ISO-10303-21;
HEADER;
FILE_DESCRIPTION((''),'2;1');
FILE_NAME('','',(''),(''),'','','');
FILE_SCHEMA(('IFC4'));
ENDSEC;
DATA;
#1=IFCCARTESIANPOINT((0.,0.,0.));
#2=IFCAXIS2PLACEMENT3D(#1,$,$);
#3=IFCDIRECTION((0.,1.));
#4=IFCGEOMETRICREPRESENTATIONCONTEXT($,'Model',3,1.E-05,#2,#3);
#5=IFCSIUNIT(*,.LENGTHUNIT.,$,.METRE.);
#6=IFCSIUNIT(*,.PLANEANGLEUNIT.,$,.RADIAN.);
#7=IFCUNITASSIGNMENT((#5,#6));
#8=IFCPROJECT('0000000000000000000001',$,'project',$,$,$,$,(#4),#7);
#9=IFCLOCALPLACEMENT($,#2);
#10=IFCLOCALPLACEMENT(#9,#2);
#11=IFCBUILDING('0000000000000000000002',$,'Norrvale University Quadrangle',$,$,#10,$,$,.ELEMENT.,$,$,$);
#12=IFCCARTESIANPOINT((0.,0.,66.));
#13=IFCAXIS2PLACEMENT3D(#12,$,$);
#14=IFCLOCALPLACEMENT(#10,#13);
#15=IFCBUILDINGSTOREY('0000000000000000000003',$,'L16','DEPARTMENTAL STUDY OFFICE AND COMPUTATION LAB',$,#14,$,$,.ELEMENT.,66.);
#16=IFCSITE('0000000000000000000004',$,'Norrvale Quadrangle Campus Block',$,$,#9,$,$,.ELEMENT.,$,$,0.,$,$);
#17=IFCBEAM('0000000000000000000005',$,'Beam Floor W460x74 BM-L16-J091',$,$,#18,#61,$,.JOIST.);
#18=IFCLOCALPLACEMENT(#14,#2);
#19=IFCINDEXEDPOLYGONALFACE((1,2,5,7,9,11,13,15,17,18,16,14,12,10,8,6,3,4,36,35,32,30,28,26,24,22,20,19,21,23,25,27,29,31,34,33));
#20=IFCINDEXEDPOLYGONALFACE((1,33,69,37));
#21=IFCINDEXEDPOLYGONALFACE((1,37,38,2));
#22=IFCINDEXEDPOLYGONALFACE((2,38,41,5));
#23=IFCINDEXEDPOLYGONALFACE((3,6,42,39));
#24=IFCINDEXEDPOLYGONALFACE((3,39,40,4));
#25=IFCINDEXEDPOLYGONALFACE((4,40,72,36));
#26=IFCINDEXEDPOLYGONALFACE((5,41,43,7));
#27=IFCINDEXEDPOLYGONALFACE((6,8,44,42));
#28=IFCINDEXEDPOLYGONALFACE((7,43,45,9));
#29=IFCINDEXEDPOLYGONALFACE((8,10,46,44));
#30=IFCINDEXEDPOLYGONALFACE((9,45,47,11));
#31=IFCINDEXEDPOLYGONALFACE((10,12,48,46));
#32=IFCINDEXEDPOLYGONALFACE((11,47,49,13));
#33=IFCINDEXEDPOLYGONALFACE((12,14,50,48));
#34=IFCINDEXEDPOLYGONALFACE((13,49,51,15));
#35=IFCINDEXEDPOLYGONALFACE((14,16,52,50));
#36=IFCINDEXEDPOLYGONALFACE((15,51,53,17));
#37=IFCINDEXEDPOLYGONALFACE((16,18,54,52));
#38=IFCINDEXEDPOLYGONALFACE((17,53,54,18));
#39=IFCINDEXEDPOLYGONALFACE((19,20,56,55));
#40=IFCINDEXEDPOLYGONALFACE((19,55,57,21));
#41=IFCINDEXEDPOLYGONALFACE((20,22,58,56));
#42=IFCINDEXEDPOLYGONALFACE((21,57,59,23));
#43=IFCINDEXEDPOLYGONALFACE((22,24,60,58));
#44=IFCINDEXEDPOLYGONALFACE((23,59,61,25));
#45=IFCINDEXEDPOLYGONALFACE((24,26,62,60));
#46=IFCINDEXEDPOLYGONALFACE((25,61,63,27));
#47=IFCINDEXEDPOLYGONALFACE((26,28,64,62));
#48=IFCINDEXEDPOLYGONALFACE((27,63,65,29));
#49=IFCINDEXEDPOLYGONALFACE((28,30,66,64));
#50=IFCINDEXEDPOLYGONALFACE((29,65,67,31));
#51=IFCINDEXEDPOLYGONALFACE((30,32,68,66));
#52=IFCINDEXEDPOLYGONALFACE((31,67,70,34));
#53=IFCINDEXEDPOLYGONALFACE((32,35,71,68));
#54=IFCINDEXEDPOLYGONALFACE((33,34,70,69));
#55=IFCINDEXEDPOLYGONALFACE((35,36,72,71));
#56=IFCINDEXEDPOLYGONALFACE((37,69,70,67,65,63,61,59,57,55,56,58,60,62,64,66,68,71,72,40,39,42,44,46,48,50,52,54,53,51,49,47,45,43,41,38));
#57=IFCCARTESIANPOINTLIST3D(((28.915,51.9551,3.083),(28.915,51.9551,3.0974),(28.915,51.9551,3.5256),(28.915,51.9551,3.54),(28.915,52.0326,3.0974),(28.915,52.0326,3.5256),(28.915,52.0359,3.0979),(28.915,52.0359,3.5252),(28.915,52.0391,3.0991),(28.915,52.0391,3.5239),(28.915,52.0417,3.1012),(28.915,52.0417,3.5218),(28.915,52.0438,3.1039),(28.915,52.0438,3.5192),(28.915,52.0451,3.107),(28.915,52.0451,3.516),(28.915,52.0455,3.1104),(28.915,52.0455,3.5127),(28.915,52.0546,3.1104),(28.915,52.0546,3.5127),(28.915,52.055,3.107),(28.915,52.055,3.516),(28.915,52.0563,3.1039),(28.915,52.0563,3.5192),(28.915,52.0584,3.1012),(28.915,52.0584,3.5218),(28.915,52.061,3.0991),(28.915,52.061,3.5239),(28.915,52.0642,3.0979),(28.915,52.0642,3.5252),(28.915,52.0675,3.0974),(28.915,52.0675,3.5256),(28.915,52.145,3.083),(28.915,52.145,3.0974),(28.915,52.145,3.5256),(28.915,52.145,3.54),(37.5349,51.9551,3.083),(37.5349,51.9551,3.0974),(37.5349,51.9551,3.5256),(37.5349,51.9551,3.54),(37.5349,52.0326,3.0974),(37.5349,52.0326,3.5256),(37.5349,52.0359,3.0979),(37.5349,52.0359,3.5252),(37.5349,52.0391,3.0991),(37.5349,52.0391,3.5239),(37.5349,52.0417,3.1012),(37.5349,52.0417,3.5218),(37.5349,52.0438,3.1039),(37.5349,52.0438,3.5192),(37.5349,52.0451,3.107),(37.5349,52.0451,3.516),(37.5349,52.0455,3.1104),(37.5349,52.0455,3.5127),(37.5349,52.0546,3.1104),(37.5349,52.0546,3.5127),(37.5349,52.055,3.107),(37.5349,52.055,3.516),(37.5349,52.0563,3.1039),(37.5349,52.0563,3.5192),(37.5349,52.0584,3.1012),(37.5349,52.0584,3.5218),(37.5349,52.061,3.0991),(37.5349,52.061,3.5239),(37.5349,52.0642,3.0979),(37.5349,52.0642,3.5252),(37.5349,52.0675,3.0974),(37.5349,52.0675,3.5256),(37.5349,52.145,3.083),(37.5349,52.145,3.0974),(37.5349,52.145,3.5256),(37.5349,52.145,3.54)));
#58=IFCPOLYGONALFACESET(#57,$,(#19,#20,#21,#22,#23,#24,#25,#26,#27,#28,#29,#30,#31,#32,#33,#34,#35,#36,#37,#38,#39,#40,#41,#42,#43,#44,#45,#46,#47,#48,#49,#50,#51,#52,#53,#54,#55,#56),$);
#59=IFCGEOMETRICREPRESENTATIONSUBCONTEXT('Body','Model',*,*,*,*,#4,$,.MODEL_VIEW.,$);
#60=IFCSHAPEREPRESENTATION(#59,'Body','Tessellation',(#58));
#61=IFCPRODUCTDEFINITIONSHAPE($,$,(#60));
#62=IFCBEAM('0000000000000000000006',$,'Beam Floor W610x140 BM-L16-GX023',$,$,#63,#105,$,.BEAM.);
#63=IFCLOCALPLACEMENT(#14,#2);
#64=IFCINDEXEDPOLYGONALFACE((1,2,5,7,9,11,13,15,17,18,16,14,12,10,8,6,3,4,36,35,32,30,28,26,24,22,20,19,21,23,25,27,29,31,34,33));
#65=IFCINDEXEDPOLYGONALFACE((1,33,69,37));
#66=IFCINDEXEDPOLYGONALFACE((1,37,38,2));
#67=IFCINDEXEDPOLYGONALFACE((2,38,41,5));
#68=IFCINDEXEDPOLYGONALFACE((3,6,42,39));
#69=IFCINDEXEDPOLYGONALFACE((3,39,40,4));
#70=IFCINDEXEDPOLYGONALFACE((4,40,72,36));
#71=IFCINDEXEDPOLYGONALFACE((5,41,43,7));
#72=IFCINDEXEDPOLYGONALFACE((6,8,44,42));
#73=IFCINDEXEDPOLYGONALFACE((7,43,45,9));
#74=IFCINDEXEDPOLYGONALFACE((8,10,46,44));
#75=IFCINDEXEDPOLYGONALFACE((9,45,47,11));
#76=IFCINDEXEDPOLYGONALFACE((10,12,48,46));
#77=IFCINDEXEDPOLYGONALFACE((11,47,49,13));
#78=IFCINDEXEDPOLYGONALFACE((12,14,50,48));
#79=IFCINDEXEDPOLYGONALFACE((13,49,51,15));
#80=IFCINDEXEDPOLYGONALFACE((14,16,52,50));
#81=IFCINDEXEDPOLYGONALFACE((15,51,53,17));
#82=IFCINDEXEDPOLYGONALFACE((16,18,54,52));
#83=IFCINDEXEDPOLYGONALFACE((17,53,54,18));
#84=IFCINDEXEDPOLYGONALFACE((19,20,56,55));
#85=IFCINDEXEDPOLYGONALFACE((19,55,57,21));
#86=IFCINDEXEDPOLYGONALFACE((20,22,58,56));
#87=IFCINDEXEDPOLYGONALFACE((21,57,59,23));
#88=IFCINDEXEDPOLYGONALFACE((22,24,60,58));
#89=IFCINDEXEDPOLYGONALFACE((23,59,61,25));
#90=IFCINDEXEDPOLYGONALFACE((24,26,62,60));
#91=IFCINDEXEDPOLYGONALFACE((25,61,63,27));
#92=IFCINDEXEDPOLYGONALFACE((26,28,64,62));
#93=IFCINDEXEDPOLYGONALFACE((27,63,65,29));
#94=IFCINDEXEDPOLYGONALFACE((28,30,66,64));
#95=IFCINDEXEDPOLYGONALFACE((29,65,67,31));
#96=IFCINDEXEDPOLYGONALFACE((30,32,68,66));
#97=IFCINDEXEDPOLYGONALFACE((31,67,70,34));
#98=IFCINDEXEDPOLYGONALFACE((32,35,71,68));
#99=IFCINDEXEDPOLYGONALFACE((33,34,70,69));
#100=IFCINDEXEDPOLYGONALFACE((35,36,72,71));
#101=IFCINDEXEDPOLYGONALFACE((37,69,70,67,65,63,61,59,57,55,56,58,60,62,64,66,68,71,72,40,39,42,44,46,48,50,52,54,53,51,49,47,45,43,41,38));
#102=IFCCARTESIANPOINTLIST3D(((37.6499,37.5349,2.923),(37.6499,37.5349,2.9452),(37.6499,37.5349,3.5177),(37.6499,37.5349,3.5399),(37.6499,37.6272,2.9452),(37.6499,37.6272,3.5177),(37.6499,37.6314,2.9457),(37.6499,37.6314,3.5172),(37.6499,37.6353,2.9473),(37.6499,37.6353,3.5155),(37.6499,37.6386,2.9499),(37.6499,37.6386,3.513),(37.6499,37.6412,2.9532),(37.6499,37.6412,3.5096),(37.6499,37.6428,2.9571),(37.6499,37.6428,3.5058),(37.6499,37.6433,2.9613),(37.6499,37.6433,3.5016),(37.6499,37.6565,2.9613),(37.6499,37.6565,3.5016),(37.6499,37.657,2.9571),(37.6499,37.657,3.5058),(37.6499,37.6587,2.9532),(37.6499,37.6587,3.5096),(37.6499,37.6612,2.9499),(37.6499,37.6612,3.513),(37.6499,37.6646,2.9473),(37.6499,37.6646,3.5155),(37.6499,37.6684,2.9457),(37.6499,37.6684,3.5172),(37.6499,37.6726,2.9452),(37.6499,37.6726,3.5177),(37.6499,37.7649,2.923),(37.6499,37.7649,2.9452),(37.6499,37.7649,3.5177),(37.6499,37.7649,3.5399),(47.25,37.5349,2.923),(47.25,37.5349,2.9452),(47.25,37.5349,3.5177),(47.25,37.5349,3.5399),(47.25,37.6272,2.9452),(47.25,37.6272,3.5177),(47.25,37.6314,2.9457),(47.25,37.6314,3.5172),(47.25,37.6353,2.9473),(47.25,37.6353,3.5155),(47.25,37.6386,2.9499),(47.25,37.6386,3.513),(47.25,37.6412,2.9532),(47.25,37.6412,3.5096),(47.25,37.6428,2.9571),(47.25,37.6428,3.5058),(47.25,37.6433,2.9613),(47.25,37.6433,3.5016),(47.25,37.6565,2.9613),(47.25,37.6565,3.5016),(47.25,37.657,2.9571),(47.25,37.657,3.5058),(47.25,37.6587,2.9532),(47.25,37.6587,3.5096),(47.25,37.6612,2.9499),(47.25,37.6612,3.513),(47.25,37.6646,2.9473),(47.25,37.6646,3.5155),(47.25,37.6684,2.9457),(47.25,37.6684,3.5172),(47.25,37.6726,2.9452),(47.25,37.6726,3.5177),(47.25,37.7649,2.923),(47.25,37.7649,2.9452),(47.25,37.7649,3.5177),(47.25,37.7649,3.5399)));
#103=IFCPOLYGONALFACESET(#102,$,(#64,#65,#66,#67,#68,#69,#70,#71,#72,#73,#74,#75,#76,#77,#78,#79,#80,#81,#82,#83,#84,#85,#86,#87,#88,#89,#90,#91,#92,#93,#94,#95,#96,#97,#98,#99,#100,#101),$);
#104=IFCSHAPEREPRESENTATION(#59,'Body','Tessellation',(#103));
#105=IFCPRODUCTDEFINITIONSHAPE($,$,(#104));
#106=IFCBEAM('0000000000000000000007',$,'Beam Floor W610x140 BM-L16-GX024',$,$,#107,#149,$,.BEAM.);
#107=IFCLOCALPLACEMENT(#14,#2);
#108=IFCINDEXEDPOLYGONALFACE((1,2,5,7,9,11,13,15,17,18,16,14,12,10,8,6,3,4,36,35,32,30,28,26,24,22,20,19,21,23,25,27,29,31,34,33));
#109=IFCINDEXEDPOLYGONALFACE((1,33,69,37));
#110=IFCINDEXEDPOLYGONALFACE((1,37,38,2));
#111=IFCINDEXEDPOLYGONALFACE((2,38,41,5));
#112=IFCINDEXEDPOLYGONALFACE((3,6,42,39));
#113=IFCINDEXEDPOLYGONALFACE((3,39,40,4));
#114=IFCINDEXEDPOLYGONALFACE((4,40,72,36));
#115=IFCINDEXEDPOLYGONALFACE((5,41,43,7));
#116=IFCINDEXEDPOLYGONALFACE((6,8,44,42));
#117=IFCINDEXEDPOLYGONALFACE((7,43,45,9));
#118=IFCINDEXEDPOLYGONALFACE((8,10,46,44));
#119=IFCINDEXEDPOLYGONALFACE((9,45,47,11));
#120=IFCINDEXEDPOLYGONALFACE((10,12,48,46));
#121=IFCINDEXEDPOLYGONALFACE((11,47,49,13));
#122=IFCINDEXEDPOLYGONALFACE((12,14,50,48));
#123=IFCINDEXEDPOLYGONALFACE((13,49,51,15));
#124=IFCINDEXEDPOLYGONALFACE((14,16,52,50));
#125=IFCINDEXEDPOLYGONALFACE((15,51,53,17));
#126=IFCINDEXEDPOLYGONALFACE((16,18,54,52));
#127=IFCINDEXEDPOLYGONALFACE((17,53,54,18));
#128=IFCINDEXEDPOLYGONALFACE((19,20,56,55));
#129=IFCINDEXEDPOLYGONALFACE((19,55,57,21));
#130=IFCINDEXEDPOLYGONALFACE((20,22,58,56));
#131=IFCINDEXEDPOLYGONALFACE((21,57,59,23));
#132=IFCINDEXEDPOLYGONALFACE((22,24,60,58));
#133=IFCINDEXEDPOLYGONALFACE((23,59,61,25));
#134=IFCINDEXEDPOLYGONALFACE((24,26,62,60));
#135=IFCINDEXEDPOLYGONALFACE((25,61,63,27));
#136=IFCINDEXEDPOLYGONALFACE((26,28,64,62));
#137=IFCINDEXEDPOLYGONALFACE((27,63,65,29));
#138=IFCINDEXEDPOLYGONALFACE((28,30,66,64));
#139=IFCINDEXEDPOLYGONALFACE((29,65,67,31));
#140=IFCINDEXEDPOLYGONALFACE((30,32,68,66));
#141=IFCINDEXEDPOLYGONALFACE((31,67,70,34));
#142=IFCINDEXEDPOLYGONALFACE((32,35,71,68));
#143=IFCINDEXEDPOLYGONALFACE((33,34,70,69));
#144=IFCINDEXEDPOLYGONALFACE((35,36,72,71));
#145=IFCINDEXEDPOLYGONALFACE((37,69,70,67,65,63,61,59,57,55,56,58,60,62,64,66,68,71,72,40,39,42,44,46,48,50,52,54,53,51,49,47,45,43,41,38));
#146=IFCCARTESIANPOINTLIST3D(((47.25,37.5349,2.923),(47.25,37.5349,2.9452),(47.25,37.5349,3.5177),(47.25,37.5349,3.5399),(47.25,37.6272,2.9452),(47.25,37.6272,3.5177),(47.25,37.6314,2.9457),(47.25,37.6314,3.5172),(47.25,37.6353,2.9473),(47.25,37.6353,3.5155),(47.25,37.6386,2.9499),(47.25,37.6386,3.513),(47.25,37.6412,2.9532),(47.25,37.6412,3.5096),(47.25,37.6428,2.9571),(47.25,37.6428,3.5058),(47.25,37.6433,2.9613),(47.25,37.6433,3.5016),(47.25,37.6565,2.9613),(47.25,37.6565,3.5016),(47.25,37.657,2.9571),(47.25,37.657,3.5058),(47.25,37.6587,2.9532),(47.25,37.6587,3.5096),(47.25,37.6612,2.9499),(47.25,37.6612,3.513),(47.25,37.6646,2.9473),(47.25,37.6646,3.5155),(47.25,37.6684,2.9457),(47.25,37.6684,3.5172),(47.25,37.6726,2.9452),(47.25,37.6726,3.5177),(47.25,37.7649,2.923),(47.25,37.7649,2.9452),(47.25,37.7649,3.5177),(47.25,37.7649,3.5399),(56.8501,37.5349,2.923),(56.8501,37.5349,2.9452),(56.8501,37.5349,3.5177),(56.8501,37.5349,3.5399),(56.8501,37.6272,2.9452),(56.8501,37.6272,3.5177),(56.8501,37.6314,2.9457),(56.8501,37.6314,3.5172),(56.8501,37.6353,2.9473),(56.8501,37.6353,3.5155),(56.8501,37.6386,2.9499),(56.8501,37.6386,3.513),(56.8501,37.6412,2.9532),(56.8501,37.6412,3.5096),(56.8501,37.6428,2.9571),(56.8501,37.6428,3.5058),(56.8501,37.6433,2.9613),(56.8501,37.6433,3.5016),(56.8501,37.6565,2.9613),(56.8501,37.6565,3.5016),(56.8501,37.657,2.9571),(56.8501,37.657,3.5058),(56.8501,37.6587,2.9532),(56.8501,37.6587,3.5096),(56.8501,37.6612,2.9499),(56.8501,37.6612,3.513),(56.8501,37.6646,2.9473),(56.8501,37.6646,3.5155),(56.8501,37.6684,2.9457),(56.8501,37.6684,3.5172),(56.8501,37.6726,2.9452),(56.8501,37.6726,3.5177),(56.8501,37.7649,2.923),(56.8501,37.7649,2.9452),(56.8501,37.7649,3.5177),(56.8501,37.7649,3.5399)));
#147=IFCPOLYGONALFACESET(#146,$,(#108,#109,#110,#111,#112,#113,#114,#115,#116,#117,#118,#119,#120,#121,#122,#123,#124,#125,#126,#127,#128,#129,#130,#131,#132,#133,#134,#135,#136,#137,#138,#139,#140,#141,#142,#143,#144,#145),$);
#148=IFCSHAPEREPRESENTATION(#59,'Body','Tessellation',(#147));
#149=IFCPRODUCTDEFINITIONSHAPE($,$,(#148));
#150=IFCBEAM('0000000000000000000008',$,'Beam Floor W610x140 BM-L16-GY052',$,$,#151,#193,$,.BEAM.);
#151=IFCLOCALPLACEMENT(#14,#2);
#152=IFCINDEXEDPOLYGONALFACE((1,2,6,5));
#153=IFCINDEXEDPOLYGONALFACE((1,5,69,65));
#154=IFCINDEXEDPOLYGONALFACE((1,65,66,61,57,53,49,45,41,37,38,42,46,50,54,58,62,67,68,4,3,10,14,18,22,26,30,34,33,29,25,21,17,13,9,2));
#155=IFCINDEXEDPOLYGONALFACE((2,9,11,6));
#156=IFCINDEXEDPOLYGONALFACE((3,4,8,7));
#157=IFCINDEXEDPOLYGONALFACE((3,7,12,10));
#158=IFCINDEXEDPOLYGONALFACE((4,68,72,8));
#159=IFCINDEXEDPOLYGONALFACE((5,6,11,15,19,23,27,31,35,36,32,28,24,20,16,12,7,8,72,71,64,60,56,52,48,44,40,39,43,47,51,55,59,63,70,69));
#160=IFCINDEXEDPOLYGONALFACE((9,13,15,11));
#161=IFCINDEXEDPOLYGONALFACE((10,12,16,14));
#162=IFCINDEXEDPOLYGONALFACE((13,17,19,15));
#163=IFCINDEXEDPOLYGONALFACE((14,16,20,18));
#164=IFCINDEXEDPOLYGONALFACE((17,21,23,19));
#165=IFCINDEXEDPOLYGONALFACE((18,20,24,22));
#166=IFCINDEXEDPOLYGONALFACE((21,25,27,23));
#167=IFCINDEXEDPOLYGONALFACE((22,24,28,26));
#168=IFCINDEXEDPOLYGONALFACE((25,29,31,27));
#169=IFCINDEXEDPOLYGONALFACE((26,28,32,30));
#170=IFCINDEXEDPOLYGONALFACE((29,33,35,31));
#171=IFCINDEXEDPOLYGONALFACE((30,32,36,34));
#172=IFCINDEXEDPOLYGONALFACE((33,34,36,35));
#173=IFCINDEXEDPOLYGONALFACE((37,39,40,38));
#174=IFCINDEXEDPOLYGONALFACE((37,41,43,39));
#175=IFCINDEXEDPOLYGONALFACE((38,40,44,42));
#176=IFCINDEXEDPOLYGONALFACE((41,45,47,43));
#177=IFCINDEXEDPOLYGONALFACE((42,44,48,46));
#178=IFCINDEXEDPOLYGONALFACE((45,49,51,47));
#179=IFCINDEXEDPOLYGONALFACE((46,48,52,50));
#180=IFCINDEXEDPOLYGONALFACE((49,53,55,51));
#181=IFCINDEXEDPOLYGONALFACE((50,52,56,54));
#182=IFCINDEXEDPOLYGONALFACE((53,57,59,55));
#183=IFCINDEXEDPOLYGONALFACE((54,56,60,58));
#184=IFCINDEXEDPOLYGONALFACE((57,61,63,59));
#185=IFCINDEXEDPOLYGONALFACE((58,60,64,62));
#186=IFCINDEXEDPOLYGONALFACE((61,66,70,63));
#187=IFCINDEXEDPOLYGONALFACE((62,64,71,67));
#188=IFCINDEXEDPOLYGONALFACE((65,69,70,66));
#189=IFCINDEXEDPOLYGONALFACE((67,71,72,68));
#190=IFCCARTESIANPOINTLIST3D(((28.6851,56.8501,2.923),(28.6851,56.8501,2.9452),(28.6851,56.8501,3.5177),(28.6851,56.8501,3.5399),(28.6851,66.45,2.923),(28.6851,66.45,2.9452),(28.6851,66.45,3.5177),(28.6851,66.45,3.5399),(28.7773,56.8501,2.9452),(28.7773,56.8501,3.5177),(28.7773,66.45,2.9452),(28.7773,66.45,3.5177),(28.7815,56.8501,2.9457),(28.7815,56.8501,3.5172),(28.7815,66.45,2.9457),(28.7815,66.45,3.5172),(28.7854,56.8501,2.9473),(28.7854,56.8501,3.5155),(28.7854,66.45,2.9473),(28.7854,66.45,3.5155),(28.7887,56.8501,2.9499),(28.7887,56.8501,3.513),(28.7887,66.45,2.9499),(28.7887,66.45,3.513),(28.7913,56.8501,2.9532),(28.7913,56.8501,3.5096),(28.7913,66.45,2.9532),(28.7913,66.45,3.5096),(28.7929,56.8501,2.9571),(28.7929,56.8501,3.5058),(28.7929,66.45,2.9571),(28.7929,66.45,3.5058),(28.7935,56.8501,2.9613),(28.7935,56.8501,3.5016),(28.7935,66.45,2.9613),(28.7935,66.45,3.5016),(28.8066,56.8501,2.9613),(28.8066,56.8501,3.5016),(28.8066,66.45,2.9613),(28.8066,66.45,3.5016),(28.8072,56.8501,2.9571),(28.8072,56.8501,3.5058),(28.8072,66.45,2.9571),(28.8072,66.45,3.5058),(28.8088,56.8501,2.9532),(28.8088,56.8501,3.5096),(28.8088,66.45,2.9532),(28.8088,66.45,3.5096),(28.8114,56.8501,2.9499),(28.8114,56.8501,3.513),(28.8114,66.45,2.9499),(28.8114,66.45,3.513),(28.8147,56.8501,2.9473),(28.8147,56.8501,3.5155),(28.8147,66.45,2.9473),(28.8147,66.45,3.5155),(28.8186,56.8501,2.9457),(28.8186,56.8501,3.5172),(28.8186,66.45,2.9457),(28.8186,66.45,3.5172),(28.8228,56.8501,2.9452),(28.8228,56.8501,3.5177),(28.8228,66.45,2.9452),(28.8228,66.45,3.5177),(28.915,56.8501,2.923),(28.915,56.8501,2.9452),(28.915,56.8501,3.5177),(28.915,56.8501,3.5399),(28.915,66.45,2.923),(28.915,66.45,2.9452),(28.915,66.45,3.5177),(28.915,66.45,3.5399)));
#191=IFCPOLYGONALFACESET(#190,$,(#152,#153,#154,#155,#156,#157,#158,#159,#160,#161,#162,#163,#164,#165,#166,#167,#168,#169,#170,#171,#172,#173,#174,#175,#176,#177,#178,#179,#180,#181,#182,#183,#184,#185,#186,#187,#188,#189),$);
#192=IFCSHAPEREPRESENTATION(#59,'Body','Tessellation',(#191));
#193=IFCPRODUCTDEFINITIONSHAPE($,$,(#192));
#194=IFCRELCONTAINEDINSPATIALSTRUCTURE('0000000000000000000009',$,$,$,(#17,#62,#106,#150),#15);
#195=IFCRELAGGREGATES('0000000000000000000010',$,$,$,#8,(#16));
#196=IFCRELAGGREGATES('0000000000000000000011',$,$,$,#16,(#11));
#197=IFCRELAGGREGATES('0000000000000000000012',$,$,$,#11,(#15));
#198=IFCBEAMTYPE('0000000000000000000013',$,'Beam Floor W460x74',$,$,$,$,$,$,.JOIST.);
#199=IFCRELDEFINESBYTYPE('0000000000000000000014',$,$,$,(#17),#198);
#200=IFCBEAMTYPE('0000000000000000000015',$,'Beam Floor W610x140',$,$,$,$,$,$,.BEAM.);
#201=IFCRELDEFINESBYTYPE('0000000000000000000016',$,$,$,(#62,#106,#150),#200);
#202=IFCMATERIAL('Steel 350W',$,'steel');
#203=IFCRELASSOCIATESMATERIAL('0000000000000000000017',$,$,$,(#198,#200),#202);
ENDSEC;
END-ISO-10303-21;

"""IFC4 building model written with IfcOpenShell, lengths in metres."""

from ifc_helpers import new_model, si_unit, direction, frame, origin, origin_2d, place, context, subcontext, project, spatial, i_section, extrude, material, material_profile, profile_set, type_object, element, save


model = new_model("IFC4")

# Units and contexts
model_context = context("Model", 3, precision=1e-05, world=origin(), true_north=direction((0.0, 1.0)))
body_context = subcontext(model_context, "Body", "Model", "MODEL_VIEW")
ifc_project = project(units=[si_unit("LENGTHUNIT", "METRE"), si_unit("PLANEANGLEUNIT", "RADIAN")], contexts=[model_context])

# Site, building, storey
site_placement = place(None, origin())
site = spatial("IfcSite", under=ifc_project, at=site_placement, Name="Norrvale Quadrangle Campus Block", CompositionType="ELEMENT", RefElevation=0.0)
building_placement = place(site_placement, origin())
building = spatial("IfcBuilding", under=site, at=building_placement, Name="Norrvale University Quadrangle", CompositionType="ELEMENT")
storey_placement = place(building_placement, frame((0.0, 0.0, 66.0)))
storey = spatial("IfcBuildingStorey", under=building, at=storey_placement, Name="L16", Description="DEPARTMENTAL STUDY OFFICE AND COMPUTATION LAB", CompositionType="ELEMENT", Elevation=66.0)

# Beams
ifc_material_1 = material(Name="Steel 350W", Category="steel")
ifc_material_profile_1 = material_profile(ifc_material_1, i_section(OverallWidth=0.1899, OverallDepth=0.457, WebThickness=0.009, FlangeThickness=0.0144, FilletRadius=0.0129, at=origin_2d()), Name="Steel 350W")
ifc_profile_set_1 = profile_set([ifc_material_profile_1], Name="Steel 350W")
beam_type_1 = type_object("IfcBeamType", Name="Beam Floor W460x74", PredefinedType="JOIST", material=ifc_profile_set_1)
for number, where, z_axis, x_axis, name in (
    (1, (28.915, 52.05, 3.3115), (1.0, 0.0, 0.0), (0.0, 1.0, 0.0), "Beam Floor W460x74 BM-L16-J091"),
):
    element("IfcBeam", number, at=place(storey_placement, frame(where, z_axis=z_axis, x_axis=x_axis)), inside=storey, type_object=beam_type_1, Name=name, PredefinedType="JOIST", context=body_context, shape_type="SweptSolid", body=[
        extrude(i_section(OverallWidth=0.1899, OverallDepth=0.457, WebThickness=0.009, FlangeThickness=0.0144, FilletRadius=0.0129, at=origin_2d()), origin(), (0.0, 0.0, 1.0), 8.6199),
    ])
ifc_material_profile_2 = material_profile(ifc_material_1, i_section(OverallWidth=0.23, OverallDepth=0.6169, WebThickness=0.0132, FlangeThickness=0.0222, FilletRadius=0.0161, at=origin_2d()), Name="Steel 350W")
ifc_profile_set_2 = profile_set([ifc_material_profile_2], Name="Steel 350W")
beam_type_2 = type_object("IfcBeamType", Name="Beam Floor W610x140", PredefinedType="BEAM", material=ifc_profile_set_2)
for number, where, z_axis, x_axis, name in (
    (2, (37.6499, 37.6499, 3.2314), (1.0, 0.0, 0.0), (0.0, 1.0, 0.0), "Beam Floor W610x140 BM-L16-GX023"),
    (3, (47.25, 37.6499, 3.2314), (1.0, 0.0, 0.0), (0.0, 1.0, 0.0), "Beam Floor W610x140 BM-L16-GX024"),
):
    element("IfcBeam", number, at=place(storey_placement, frame(where, z_axis=z_axis, x_axis=x_axis)), inside=storey, type_object=beam_type_2, Name=name, PredefinedType="BEAM", context=body_context, shape_type="SweptSolid", body=[
        extrude(i_section(OverallWidth=0.23, OverallDepth=0.6169, WebThickness=0.0132, FlangeThickness=0.0222, FilletRadius=0.0161, at=origin_2d()), origin(), (0.0, 0.0, 1.0), 9.6001),
    ])
beam_placement = place(storey_placement, frame((28.8, 56.8501, 3.2314), z_axis=(0.0, 1.0, 0.0), x_axis=(-1.0, 0.0, 0.0)))
element("IfcBeam", 4, at=beam_placement, inside=storey, type_object=beam_type_2, Name="Beam Floor W610x140 BM-L16-GY052", PredefinedType="BEAM", context=body_context, shape_type="SweptSolid", body=[
    extrude(i_section(OverallWidth=0.23, OverallDepth=0.6169, WebThickness=0.0132, FlangeThickness=0.0222, FilletRadius=0.0161, at=origin_2d()), origin(), (0.0, 0.0, 1.0), 9.5999),
])

save(model, "model.ifc")
